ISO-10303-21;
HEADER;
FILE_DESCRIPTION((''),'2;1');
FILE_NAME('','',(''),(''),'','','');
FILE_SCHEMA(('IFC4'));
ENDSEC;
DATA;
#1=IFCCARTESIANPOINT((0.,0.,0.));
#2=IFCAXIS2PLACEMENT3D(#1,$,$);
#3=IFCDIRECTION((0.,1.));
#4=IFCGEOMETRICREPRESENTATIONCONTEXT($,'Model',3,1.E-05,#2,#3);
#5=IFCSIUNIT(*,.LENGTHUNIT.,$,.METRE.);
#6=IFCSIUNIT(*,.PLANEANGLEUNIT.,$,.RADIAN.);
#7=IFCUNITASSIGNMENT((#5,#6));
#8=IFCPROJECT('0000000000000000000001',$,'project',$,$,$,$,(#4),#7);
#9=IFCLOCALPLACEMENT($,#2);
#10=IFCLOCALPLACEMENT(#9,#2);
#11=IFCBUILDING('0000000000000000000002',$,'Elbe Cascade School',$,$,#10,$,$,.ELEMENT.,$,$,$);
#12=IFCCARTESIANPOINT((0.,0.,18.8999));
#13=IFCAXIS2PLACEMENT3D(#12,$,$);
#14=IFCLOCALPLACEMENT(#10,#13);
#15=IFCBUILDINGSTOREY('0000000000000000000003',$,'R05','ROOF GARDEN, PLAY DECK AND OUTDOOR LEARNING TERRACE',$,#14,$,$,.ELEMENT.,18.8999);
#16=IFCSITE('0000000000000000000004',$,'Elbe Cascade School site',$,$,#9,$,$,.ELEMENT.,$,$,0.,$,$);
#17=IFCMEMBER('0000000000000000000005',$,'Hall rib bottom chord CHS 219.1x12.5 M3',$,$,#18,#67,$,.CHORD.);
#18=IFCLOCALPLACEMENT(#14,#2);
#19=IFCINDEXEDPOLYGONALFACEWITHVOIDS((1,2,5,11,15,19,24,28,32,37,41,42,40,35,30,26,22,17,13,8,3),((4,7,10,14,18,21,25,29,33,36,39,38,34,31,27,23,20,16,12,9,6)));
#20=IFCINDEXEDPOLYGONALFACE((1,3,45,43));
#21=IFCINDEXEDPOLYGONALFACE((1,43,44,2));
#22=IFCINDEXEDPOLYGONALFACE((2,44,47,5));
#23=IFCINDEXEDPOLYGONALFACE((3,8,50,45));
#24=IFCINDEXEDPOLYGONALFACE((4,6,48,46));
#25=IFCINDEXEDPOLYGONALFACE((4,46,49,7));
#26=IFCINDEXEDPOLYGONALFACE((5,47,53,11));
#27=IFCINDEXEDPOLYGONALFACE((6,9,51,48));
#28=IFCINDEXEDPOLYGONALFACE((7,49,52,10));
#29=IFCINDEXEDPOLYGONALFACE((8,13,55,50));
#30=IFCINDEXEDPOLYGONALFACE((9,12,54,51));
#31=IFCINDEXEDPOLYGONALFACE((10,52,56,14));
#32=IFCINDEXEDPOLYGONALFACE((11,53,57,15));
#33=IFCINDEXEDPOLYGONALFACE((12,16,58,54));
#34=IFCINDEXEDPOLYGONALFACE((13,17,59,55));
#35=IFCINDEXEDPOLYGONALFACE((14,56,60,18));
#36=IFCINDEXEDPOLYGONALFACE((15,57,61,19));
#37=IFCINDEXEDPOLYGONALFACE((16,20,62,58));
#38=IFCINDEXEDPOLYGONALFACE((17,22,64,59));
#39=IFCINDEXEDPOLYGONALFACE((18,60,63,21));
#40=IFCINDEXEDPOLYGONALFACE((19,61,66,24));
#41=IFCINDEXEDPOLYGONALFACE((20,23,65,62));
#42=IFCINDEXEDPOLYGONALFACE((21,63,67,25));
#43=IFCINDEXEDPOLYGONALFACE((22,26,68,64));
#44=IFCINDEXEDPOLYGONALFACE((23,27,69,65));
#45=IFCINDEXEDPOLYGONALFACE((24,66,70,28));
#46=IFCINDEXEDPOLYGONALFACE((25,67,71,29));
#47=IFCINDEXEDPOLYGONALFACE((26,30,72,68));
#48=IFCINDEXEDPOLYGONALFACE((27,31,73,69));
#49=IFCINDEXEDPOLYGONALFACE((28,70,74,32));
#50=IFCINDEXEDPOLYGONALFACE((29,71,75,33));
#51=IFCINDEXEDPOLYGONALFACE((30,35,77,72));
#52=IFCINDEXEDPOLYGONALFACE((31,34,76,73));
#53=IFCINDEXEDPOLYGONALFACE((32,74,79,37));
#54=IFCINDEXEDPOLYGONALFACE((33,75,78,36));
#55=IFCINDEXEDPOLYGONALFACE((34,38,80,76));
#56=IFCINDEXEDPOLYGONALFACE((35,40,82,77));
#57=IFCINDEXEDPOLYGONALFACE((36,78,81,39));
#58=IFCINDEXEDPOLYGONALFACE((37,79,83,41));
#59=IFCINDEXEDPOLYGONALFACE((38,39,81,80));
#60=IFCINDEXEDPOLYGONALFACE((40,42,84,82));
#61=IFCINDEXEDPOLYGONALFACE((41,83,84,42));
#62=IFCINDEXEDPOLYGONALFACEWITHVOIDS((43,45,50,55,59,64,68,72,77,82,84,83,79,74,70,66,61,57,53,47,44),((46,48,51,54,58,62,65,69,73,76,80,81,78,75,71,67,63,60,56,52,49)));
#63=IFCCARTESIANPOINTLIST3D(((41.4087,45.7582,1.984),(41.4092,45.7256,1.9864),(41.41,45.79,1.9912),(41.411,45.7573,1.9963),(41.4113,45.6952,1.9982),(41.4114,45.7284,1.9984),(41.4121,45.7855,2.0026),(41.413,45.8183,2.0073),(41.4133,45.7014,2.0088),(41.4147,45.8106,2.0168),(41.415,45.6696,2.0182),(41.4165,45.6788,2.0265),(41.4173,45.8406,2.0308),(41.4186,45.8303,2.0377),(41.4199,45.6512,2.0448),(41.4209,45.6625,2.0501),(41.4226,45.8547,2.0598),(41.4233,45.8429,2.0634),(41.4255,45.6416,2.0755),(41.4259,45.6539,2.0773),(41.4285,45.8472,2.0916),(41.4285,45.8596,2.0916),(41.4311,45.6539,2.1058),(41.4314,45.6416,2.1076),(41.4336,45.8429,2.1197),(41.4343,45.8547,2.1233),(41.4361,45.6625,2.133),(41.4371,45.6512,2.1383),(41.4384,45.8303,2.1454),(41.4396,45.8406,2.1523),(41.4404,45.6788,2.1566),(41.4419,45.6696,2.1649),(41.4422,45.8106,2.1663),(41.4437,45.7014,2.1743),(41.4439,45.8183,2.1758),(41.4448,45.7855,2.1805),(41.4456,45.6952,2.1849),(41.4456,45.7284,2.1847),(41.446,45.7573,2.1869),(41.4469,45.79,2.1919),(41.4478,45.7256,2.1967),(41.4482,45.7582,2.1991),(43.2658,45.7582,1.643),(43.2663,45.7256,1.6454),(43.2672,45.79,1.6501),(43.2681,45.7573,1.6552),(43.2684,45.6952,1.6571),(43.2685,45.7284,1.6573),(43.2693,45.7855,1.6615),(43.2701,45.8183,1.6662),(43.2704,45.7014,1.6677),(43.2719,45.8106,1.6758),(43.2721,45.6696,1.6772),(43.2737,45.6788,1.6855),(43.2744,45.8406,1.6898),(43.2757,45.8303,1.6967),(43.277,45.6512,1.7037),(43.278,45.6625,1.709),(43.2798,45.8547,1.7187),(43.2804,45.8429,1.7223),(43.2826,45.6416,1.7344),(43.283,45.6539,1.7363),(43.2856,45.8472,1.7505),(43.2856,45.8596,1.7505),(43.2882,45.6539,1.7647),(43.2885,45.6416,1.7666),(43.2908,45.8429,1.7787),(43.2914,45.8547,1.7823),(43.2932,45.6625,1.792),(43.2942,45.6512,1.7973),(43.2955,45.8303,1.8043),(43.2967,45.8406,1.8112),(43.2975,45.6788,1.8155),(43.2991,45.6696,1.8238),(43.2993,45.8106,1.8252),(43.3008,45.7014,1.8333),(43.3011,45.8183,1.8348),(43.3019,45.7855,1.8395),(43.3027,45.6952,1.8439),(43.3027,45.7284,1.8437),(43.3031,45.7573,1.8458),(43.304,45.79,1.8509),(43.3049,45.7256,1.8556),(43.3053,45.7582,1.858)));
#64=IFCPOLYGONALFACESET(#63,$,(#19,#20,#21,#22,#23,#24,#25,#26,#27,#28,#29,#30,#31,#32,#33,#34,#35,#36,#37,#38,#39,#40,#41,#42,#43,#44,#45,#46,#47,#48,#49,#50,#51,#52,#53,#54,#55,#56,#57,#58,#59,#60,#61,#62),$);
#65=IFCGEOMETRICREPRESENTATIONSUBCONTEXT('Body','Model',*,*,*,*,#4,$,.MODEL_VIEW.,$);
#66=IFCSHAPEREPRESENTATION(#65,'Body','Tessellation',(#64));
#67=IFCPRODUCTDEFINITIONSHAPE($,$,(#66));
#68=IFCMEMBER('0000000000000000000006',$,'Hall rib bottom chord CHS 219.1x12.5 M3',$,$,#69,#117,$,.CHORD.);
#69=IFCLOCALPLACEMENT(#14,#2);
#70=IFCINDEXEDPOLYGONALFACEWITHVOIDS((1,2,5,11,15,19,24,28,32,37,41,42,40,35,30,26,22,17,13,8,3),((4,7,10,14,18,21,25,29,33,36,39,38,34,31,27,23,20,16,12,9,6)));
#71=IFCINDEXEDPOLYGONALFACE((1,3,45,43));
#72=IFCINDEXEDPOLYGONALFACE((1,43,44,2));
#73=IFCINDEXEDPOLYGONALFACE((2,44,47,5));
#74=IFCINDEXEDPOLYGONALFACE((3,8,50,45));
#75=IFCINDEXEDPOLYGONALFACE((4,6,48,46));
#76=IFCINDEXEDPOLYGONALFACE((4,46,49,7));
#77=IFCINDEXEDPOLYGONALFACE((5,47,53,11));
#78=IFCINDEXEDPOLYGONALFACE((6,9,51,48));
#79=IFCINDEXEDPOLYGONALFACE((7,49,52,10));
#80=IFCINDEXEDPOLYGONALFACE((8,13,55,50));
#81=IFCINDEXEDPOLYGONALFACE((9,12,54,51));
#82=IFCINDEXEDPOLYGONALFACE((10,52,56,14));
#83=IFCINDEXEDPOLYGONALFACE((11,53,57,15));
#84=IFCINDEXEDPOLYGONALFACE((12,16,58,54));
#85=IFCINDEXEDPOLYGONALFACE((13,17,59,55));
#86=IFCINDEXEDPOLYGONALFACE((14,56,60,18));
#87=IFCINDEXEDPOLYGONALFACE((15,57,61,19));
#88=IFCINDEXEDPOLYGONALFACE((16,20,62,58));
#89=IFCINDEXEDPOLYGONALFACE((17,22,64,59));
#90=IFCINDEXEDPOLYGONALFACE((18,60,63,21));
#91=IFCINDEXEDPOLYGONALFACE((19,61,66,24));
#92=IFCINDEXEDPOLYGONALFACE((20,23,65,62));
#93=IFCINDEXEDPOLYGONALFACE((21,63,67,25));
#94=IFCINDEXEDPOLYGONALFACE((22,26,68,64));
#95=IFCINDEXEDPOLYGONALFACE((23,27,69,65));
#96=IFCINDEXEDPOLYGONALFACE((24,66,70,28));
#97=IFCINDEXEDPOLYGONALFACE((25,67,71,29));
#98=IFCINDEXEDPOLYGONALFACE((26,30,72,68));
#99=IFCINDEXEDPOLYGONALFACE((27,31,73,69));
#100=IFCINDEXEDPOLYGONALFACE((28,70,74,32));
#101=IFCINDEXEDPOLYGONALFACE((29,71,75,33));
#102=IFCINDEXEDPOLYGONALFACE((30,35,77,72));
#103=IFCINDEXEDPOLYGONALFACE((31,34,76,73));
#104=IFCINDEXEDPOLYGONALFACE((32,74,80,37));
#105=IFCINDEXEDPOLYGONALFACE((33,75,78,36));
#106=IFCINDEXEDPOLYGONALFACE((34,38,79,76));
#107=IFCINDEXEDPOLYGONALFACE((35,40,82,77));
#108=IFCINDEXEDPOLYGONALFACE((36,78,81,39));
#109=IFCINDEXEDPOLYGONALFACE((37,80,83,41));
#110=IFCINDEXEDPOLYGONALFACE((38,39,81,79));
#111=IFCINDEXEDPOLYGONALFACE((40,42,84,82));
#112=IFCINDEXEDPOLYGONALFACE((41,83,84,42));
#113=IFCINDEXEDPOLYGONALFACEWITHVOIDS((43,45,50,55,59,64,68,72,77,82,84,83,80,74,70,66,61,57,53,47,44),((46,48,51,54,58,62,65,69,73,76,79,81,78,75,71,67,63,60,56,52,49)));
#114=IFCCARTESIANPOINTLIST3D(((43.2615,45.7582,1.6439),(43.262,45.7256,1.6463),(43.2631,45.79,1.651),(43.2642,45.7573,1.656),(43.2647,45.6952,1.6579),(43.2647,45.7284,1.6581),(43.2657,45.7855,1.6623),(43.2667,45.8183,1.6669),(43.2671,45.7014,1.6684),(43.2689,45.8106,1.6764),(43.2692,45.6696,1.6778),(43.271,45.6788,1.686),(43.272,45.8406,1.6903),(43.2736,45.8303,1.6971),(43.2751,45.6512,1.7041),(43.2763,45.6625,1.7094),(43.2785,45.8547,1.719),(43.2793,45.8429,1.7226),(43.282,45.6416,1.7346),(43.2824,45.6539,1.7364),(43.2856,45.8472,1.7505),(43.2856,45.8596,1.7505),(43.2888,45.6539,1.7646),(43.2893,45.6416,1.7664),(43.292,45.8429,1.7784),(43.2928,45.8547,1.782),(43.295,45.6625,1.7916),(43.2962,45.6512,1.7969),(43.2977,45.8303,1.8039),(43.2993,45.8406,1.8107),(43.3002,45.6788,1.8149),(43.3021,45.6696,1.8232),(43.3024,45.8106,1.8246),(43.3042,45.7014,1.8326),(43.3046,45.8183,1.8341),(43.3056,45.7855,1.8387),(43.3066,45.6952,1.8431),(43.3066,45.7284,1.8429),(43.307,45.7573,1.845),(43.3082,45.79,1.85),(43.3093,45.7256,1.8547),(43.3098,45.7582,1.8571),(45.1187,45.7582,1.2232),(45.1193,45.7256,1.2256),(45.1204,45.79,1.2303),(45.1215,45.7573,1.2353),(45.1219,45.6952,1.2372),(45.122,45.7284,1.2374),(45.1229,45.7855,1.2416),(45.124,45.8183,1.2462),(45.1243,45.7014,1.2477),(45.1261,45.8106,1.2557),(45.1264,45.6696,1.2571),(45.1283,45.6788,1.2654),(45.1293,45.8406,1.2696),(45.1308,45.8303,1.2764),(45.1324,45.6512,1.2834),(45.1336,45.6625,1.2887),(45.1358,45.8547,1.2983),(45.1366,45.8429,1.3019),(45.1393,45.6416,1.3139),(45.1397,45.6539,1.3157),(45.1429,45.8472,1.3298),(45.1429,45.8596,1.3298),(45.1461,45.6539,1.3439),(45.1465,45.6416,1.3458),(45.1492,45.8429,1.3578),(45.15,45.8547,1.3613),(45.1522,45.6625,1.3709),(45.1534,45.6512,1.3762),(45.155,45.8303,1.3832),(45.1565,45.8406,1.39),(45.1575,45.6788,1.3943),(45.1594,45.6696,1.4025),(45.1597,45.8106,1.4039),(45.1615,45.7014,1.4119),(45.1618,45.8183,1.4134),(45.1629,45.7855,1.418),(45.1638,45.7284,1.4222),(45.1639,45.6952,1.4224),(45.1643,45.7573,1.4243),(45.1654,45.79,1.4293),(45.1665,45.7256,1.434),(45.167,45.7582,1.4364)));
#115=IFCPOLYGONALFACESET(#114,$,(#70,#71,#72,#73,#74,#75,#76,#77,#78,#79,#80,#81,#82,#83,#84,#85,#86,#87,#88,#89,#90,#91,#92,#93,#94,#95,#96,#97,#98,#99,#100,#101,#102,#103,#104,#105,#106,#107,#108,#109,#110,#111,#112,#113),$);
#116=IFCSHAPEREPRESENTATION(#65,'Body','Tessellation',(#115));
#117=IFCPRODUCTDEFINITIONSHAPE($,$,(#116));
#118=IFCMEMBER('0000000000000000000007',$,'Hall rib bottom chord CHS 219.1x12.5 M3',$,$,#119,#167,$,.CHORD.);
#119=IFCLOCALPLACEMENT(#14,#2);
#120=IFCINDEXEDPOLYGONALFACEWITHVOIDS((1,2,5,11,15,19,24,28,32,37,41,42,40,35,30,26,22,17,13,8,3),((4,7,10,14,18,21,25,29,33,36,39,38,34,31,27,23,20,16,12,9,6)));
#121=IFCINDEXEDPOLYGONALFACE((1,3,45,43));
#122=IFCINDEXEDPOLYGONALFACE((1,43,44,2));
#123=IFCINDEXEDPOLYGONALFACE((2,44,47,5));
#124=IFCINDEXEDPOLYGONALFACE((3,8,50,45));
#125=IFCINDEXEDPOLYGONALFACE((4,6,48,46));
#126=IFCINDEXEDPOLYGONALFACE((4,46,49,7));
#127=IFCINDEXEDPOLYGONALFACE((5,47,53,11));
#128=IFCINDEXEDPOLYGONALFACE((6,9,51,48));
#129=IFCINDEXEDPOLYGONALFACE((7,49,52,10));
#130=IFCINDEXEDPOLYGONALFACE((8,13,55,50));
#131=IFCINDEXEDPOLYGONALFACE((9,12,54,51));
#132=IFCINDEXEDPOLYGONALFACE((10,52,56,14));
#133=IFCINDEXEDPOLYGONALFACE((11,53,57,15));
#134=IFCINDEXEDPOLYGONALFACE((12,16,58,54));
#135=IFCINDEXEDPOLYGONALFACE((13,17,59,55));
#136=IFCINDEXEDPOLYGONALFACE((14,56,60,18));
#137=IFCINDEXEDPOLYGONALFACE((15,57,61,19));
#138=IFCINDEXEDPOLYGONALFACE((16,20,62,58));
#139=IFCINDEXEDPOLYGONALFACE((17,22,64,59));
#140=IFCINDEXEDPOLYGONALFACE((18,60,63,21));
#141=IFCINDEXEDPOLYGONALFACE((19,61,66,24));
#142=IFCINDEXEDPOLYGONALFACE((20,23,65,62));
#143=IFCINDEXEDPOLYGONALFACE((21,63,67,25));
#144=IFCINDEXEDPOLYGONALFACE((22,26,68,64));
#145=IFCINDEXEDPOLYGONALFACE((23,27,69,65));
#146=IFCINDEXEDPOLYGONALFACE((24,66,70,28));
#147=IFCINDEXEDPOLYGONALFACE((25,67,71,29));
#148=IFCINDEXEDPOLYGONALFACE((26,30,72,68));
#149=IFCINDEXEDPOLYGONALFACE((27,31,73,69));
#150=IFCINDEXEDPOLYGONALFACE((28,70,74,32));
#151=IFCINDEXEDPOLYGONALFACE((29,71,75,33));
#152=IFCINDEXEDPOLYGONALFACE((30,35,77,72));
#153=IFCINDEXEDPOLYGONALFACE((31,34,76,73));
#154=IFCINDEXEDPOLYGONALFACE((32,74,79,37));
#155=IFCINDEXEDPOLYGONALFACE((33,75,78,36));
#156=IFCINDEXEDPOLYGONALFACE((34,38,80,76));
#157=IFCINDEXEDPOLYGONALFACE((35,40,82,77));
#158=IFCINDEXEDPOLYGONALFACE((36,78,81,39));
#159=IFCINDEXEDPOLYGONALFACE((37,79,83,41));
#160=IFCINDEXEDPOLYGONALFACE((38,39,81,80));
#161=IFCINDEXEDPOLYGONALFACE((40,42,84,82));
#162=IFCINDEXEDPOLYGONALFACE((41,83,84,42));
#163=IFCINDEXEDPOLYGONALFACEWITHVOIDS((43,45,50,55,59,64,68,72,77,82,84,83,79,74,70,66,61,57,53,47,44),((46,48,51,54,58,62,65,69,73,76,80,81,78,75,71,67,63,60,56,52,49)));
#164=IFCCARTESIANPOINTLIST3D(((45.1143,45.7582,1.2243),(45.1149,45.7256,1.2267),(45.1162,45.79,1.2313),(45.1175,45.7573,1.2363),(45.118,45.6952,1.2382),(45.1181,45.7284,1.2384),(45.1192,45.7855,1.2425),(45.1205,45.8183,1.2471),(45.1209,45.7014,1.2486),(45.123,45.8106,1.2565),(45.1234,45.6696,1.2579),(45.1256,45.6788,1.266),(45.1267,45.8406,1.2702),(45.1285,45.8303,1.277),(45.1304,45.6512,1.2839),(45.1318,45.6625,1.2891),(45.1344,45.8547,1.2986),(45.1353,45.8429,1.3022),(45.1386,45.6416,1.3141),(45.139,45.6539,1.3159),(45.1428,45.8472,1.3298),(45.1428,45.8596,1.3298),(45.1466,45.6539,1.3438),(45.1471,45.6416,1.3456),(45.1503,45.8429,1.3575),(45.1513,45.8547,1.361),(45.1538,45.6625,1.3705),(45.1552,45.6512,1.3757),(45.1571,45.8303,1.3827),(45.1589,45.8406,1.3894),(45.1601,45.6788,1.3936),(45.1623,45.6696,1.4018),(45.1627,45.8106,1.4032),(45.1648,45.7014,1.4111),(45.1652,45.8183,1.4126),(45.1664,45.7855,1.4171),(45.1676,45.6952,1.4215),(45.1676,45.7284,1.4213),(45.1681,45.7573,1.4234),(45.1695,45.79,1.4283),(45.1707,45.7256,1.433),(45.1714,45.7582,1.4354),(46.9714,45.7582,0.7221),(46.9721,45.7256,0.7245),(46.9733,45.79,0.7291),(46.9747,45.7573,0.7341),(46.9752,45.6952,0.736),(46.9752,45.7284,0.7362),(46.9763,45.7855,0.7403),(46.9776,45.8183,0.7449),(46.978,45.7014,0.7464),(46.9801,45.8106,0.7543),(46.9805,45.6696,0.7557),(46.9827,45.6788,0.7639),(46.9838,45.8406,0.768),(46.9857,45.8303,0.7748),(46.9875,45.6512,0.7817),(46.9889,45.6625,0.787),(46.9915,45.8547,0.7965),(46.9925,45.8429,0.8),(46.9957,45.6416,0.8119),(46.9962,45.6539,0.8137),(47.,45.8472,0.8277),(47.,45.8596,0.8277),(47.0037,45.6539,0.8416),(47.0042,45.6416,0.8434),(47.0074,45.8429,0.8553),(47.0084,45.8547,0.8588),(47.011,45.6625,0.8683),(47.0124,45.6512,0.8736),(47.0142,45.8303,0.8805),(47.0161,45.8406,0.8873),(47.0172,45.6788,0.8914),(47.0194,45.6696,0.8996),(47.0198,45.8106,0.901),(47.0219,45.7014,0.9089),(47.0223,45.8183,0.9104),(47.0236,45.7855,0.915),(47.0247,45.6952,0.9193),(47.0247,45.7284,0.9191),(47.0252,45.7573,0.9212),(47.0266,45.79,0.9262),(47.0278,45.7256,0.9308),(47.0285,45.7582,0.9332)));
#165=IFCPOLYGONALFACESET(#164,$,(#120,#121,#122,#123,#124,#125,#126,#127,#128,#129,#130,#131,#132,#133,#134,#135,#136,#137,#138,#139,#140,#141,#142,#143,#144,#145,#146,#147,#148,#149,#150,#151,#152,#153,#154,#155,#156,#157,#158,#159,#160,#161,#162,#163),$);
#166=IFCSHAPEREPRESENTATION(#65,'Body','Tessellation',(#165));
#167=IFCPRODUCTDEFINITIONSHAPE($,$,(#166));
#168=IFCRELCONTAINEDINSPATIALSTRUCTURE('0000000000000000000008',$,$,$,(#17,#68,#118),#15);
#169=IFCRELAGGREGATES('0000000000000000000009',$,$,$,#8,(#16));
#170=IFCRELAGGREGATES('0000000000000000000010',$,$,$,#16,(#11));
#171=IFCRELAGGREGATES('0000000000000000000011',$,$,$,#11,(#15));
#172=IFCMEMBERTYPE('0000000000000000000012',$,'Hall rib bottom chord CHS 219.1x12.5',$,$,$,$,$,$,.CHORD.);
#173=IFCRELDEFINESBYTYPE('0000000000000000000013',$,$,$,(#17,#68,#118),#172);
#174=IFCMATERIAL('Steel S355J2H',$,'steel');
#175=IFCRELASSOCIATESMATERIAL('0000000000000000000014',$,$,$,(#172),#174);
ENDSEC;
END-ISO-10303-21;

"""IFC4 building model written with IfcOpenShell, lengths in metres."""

from ifc_helpers import new_model, si_unit, direction, frame, origin, origin_2d, place, context, subcontext, project, spatial, hollow_circle, extrude, material, material_profile, profile_set, type_object, element, save


model = new_model("IFC4")

# Units and contexts
model_context = context("Model", 3, precision=1e-05, world=origin(), true_north=direction((0.0, 1.0)))
body_context = subcontext(model_context, "Body", "Model", "MODEL_VIEW")
ifc_project = project(units=[si_unit("LENGTHUNIT", "METRE"), si_unit("PLANEANGLEUNIT", "RADIAN")], contexts=[model_context])

# Site, building, storey
site_placement = place(None, origin())
site = spatial("IfcSite", under=ifc_project, at=site_placement, Name="Elbe Cascade School site", CompositionType="ELEMENT", RefElevation=0.0)
building_placement = place(site_placement, origin())
building = spatial("IfcBuilding", under=site, at=building_placement, Name="Elbe Cascade School", CompositionType="ELEMENT")
storey_placement = place(building_placement, frame((0.0, 0.0, 18.8999)))
storey = spatial("IfcBuildingStorey", under=building, at=storey_placement, Name="R05", Description="ROOF GARDEN, PLAY DECK AND OUTDOOR LEARNING TERRACE", CompositionType="ELEMENT", Elevation=18.8999)

# Members
ifc_material_1 = material(Name="Steel S355J2H", Category="steel")
ifc_material_profile_1 = material_profile(ifc_material_1, hollow_circle(Radius=0.1096, WallThickness=0.0125, at=origin_2d()), Name="CHS 219.1x12.5")
ifc_profile_set_1 = profile_set([ifc_material_profile_1], Name="Steel S355J2H")
member_type_1 = type_object("IfcMemberType", Name="Hall rib bottom chord CHS 219.1x12.5", PredefinedType="CHORD", material=ifc_profile_set_1)
member_1_placement = place(storey_placement, frame((41.4285, 45.75, 2.0916), z_axis=(0.983552, 0.0, -0.180626), x_axis=(0.0, 1.0, 0.0)))
element("IfcMember", 1, at=member_1_placement, inside=storey, type_object=member_type_1, Name="Hall rib bottom chord CHS 219.1x12.5 M3", PredefinedType="CHORD", context=body_context, shape_type="SweptSolid", body=[
    extrude(hollow_circle(Radius=0.1096, WallThickness=0.0125, at=origin_2d()), origin(), (0.0, 0.0, 1.0), 1.8882),
])
member_2_placement = place(storey_placement, frame((43.2856, 45.75, 1.7505), z_axis=(0.975295, 0.0, -0.220906), x_axis=(0.0, 1.0, 0.0)))
element("IfcMember", 2, at=member_2_placement, inside=storey, type_object=member_type_1, Name="Hall rib bottom chord CHS 219.1x12.5 M3", PredefinedType="CHORD", context=body_context, shape_type="SweptSolid", body=[
    extrude(hollow_circle(Radius=0.1096, WallThickness=0.0125, at=origin_2d()), origin(), (0.0, 0.0, 1.0), 1.9043),
])
member_3_placement = place(storey_placement, frame((45.1428, 45.75, 1.3298), z_axis=(0.96533, 0.0, -0.261034), x_axis=(0.0, 1.0, 0.0)))
element("IfcMember", 3, at=member_3_placement, inside=storey, type_object=member_type_1, Name="Hall rib bottom chord CHS 219.1x12.5 M3", PredefinedType="CHORD", context=body_context, shape_type="SweptSolid", body=[
    extrude(hollow_circle(Radius=0.1096, WallThickness=0.0125, at=origin_2d()), origin(), (0.0, 0.0, 1.0), 1.9238),
])

save(model, "model.ifc")
